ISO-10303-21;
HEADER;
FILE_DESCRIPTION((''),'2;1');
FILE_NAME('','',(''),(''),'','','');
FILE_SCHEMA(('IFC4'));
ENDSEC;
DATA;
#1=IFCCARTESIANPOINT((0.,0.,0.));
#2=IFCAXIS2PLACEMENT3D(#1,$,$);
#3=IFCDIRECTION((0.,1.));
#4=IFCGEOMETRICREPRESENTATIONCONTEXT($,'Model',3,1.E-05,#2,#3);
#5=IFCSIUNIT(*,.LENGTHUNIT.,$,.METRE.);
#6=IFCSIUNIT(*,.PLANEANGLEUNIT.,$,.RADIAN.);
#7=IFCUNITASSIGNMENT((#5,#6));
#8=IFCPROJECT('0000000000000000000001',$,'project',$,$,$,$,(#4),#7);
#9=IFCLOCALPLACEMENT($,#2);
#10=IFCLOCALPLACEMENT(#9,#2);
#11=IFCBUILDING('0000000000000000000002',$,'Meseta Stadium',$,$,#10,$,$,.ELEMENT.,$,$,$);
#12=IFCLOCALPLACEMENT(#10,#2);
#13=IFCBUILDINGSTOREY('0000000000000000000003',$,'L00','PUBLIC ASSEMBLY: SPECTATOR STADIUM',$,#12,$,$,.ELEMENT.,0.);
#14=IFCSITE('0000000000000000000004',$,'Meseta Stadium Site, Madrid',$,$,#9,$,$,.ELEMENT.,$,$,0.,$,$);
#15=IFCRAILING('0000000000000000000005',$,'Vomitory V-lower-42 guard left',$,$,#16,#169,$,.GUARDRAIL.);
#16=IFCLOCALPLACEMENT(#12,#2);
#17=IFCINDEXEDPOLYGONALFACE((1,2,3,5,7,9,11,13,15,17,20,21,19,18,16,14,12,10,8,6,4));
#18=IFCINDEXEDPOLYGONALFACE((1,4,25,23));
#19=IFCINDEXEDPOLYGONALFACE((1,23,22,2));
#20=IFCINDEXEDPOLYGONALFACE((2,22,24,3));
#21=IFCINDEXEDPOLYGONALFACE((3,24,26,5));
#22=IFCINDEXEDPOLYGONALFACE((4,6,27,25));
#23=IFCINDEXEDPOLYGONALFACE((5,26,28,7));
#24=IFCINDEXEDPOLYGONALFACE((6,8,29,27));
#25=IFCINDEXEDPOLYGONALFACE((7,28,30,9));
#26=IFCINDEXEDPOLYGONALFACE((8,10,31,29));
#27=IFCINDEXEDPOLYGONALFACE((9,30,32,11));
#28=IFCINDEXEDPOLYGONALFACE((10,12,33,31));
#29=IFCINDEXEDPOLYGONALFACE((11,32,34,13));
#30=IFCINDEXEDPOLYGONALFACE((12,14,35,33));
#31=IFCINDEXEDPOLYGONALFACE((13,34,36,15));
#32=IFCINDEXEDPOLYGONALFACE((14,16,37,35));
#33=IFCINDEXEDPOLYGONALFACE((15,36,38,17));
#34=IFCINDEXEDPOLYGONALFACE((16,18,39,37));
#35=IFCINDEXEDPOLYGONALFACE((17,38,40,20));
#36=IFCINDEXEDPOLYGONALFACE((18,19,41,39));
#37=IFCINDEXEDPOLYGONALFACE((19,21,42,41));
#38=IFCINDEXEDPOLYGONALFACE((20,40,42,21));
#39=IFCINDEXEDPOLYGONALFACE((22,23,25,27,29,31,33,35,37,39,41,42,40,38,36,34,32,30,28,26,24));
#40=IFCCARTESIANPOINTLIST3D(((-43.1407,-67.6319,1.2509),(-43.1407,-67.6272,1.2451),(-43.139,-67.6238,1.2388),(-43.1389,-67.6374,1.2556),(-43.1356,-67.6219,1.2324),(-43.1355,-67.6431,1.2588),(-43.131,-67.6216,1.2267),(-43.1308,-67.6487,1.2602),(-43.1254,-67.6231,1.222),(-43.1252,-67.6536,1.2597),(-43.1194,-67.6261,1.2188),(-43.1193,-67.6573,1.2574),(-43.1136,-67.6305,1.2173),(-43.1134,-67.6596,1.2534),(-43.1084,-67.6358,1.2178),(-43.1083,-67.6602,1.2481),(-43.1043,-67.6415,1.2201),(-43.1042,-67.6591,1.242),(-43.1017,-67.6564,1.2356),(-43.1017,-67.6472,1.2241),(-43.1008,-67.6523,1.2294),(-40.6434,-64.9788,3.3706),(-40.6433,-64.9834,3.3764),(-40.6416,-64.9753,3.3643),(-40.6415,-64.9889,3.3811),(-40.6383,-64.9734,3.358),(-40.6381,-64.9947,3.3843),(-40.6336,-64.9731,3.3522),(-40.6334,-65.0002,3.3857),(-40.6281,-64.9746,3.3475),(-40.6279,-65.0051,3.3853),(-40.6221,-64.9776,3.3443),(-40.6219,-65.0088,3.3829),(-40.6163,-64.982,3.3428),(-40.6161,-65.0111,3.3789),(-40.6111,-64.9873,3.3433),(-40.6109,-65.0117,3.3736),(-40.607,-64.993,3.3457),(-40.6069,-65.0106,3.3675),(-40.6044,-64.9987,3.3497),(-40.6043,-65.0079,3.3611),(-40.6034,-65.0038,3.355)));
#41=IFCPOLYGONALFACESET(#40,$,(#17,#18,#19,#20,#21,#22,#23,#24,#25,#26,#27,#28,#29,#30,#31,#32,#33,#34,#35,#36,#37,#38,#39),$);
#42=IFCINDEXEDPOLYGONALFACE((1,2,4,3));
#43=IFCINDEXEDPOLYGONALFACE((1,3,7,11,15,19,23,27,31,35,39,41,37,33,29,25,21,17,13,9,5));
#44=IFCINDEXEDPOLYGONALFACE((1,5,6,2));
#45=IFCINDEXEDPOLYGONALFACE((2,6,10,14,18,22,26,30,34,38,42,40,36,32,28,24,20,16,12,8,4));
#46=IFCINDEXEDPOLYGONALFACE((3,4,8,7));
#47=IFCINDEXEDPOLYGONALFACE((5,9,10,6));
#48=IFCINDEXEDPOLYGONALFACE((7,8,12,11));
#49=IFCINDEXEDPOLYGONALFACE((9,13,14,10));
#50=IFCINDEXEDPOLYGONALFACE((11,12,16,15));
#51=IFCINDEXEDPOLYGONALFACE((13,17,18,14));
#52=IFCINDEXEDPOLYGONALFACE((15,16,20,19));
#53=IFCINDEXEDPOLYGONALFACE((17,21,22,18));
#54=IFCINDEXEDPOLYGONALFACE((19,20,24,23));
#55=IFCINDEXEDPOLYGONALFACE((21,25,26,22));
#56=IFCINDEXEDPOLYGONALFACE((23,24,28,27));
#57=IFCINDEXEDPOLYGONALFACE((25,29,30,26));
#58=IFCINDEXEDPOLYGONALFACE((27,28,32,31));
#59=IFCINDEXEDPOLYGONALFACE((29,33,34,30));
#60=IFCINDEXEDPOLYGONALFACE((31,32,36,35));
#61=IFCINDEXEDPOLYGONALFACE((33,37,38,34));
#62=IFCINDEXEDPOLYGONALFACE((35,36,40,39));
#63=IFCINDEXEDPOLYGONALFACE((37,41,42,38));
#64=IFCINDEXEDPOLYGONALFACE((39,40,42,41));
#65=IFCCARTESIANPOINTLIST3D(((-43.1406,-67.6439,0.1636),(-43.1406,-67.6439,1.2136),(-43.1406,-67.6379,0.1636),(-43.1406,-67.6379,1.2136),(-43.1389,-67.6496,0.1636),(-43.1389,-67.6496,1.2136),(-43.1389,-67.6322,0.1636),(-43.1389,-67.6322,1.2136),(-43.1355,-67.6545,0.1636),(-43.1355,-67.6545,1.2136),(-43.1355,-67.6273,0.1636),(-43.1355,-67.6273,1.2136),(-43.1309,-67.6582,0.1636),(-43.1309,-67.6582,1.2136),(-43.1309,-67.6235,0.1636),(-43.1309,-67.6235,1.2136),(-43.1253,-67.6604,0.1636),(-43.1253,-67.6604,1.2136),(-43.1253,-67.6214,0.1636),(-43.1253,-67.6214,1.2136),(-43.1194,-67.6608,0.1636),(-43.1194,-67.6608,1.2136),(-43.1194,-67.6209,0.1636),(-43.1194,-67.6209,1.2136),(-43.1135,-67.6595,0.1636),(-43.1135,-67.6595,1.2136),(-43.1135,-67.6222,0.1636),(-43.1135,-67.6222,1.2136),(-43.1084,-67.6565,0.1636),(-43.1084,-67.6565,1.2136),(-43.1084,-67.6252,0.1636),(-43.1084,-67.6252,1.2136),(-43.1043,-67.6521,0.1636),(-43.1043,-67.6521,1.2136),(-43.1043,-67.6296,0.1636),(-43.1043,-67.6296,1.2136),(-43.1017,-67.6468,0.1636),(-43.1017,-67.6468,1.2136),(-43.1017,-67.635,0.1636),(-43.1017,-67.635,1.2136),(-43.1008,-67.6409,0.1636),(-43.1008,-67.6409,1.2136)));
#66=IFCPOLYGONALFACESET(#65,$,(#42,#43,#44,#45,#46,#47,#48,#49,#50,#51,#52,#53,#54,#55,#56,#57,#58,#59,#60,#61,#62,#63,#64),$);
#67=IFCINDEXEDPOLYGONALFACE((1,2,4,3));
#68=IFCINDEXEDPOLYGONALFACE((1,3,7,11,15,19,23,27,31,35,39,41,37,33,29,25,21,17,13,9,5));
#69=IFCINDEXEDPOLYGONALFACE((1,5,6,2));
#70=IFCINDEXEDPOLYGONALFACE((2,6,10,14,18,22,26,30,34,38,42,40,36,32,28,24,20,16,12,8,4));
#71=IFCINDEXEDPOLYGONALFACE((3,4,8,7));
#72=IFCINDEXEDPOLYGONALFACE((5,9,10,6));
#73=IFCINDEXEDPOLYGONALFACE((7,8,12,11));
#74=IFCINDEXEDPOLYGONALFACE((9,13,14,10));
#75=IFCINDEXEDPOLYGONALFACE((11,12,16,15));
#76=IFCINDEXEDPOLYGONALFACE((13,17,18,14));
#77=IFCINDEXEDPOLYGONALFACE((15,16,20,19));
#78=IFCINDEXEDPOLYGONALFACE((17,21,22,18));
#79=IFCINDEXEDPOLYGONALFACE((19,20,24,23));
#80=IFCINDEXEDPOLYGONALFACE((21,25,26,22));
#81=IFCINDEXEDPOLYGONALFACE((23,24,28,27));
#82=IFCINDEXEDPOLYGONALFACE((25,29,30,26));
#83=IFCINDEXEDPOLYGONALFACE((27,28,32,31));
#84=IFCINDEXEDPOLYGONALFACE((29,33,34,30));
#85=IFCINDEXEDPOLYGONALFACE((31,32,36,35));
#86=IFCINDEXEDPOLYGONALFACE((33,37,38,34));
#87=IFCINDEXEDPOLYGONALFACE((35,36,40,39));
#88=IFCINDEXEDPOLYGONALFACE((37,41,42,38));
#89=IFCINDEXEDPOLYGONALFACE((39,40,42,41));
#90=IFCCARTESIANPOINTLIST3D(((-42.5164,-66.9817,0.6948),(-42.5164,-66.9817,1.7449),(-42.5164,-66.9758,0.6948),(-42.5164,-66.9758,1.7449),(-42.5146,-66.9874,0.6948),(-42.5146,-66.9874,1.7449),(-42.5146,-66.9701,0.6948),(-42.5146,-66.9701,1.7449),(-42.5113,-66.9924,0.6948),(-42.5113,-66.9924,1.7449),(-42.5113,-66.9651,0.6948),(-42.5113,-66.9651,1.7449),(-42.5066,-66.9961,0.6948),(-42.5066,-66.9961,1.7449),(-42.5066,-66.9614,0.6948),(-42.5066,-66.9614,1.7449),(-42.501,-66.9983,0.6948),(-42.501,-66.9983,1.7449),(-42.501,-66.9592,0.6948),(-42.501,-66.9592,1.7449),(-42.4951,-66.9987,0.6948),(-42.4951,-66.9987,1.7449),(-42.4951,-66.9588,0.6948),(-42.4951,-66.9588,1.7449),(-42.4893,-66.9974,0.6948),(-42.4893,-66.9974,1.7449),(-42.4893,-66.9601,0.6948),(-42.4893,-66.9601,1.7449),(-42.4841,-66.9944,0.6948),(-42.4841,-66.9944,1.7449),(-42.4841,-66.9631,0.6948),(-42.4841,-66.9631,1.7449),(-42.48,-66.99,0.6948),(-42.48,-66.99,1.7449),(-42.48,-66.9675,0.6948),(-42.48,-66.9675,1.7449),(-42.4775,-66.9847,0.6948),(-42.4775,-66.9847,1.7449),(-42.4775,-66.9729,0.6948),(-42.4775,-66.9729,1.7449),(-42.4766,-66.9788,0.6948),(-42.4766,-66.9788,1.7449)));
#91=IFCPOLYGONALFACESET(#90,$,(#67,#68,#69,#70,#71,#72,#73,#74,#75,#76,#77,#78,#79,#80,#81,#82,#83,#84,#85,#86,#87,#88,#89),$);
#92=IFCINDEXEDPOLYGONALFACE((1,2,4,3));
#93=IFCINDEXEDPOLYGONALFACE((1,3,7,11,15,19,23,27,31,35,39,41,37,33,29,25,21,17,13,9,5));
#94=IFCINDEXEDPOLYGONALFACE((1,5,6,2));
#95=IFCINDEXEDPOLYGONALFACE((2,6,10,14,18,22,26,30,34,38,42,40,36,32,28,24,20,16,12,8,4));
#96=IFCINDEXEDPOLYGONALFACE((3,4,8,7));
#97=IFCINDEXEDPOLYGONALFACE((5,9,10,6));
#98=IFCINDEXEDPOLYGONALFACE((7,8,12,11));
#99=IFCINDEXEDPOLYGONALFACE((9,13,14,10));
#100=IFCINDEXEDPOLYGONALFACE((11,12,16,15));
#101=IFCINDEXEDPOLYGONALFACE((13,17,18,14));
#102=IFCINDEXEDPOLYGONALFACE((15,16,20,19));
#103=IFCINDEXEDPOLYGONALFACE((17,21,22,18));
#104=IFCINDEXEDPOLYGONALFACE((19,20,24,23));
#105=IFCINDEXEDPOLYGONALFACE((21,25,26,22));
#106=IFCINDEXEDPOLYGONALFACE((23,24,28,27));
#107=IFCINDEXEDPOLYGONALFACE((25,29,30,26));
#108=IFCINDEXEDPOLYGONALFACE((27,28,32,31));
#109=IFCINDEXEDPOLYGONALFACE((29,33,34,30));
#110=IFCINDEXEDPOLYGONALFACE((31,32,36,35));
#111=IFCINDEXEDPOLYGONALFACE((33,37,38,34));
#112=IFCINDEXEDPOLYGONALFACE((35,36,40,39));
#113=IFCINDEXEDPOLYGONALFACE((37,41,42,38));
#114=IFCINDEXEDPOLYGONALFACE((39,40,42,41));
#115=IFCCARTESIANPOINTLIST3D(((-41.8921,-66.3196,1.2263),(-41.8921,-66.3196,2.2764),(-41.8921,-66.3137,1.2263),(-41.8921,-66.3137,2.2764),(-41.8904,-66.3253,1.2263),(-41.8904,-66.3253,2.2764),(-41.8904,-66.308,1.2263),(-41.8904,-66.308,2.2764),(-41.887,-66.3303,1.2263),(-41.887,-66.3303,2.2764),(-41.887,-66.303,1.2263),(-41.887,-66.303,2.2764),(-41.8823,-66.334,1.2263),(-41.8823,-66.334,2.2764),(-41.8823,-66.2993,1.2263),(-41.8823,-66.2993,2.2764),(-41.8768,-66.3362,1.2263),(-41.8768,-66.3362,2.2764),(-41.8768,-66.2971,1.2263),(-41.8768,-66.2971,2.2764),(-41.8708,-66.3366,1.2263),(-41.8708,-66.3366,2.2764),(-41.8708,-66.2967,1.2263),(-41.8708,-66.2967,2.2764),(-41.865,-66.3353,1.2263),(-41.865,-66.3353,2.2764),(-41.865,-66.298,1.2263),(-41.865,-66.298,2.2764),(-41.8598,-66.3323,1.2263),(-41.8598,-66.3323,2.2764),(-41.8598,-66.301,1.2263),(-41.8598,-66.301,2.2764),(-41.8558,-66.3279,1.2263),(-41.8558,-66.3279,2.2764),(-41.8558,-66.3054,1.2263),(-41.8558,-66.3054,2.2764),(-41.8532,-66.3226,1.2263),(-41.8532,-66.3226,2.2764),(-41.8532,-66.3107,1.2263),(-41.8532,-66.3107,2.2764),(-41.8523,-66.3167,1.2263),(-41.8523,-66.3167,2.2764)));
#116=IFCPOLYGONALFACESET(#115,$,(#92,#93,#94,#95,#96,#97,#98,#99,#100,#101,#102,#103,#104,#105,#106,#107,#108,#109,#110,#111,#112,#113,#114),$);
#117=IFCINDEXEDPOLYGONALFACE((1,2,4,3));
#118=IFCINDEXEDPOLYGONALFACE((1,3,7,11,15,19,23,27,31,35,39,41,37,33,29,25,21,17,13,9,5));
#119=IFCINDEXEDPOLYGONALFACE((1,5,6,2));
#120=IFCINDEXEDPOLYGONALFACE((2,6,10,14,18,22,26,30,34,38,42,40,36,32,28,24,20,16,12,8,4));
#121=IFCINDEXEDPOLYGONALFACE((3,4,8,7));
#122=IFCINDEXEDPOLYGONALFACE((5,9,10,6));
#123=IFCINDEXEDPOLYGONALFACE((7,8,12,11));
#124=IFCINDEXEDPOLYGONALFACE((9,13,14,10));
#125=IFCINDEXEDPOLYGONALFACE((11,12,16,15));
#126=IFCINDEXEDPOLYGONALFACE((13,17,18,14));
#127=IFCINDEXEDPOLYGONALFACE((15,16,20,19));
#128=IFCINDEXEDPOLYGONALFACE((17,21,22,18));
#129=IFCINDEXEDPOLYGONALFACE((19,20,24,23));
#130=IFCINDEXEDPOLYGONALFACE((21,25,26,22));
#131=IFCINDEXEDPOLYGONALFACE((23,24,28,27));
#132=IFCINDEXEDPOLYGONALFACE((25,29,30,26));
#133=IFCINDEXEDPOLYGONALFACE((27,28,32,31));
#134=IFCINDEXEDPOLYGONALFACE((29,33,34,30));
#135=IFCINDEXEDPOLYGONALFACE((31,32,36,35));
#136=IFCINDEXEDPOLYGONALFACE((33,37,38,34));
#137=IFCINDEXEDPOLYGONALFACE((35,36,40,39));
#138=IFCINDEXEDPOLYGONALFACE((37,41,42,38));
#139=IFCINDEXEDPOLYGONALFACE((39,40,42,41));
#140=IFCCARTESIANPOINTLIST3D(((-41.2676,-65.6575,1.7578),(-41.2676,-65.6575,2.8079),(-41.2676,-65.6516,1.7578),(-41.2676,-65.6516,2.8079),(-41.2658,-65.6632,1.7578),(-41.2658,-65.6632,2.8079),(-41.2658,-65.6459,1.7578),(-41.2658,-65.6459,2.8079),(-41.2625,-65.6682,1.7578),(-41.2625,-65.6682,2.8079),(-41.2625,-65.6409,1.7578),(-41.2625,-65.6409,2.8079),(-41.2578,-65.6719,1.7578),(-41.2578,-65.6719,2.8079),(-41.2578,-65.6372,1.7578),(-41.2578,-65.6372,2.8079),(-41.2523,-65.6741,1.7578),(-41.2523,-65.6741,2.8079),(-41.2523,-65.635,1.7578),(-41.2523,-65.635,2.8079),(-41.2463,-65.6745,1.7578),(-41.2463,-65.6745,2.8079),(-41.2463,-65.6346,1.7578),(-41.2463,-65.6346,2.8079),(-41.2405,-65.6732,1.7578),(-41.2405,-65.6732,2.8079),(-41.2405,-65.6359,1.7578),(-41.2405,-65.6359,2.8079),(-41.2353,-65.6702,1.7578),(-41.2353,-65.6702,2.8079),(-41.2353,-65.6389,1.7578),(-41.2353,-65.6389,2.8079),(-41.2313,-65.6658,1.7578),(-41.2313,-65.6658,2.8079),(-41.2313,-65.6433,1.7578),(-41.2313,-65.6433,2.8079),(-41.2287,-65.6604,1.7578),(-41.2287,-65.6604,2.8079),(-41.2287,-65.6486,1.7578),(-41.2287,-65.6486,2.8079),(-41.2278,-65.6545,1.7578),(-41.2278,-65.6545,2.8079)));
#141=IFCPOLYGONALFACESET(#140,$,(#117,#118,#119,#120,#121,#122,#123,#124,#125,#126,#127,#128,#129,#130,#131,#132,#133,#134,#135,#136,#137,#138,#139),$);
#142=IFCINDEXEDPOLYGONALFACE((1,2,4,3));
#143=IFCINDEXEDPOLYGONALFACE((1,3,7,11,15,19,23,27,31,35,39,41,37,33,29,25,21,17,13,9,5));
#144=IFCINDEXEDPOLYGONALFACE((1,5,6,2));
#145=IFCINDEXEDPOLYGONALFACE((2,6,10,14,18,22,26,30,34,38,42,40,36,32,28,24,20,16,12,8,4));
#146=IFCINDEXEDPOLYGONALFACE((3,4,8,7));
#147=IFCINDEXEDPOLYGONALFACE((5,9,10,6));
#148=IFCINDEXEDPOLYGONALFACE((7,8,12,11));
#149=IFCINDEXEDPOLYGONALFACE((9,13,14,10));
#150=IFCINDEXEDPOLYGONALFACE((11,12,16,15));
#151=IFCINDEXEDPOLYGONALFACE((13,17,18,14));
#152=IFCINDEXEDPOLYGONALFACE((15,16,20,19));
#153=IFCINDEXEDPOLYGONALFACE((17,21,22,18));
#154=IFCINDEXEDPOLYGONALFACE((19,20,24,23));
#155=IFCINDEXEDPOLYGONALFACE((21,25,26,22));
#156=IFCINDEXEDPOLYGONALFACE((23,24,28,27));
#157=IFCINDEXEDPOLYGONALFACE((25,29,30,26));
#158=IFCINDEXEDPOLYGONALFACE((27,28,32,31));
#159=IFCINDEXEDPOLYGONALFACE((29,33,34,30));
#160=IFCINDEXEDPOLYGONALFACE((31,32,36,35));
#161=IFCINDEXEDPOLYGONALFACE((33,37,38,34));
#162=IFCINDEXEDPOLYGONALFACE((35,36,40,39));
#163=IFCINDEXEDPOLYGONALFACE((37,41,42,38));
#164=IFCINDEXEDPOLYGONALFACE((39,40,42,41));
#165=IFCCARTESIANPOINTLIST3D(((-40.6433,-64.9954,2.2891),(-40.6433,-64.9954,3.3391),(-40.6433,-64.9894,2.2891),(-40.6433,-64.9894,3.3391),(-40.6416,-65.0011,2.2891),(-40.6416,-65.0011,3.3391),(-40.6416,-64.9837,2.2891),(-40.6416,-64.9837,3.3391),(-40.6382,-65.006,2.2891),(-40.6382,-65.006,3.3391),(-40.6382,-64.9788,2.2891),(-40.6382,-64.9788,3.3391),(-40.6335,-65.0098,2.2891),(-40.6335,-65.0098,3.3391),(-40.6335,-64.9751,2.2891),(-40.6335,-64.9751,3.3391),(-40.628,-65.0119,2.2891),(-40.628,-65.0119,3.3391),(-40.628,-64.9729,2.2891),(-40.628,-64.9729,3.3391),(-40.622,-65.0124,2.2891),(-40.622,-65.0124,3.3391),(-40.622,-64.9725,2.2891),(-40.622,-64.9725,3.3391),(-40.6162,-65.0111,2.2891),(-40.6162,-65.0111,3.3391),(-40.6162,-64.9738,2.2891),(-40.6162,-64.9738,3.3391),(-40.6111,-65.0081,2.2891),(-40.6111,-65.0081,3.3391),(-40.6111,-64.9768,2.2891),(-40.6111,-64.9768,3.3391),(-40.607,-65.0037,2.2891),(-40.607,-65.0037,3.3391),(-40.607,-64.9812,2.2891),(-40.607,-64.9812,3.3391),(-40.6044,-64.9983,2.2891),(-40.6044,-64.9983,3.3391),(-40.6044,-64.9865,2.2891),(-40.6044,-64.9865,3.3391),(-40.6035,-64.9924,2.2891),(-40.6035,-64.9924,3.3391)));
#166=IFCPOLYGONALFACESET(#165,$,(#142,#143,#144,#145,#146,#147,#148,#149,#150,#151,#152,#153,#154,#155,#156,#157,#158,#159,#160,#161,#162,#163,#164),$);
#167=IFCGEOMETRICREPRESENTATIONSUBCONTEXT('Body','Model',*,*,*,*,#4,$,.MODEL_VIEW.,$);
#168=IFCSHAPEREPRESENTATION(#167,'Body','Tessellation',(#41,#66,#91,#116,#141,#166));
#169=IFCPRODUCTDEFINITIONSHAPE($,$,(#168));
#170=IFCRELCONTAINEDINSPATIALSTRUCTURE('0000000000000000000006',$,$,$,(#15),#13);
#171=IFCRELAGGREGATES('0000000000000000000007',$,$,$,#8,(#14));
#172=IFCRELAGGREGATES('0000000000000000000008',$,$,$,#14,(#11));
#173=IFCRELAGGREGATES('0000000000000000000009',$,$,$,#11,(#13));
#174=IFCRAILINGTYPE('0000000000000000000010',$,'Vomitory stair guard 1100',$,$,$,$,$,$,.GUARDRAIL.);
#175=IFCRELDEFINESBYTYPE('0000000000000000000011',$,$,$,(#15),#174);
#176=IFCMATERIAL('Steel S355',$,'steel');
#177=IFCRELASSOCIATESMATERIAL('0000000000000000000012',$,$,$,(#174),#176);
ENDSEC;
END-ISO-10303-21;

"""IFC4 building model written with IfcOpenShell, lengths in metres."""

from ifc_helpers import new_model, si_unit, direction, frame, origin, origin_2d, place, context, subcontext, project, spatial, circle, extrude, material, type_object, element, save


model = new_model("IFC4")

# Units and contexts
model_context = context("Model", 3, precision=1e-05, world=origin(), true_north=direction((0.0, 1.0)))
body_context = subcontext(model_context, "Body", "Model", "MODEL_VIEW")
ifc_project = project(units=[si_unit("LENGTHUNIT", "METRE"), si_unit("PLANEANGLEUNIT", "RADIAN")], contexts=[model_context])

# Site, building, storey
site_placement = place(None, origin())
site = spatial("IfcSite", under=ifc_project, at=site_placement, Name="Meseta Stadium Site, Madrid", CompositionType="ELEMENT", RefElevation=0.0)
building_placement = place(site_placement, origin())
building = spatial("IfcBuilding", under=site, at=building_placement, Name="Meseta Stadium", CompositionType="ELEMENT")
storey_placement = place(building_placement, origin())
storey = spatial("IfcBuildingStorey", under=building, at=storey_placement, Name="L00", Description="PUBLIC ASSEMBLY: SPECTATOR STADIUM", CompositionType="ELEMENT", Elevation=0.0)

# Railing
ifc_material_1 = material(Name="Steel S355", Category="steel")
railing_type_1 = type_object("IfcRailingType", Name="Vomitory stair guard 1100", PredefinedType="GUARDRAIL", material=ifc_material_1)
railing_1_placement = place(storey_placement, frame((-43.1208, -67.6409, 0.1636)))
element("IfcRailing", 1, at=railing_1_placement, inside=storey, type_object=railing_type_1, Name="Vomitory V-lower-42 guard left", PredefinedType="GUARDRAIL", context=body_context, shape_type="SweptSolid", body=[
    extrude(circle(Radius=0.0249, at=origin_2d()), frame((0.0, 0.0, 1.0752), z_axis=(0.592445, 0.628296, 0.504235), x_axis=(-0.72756, 0.686044, 0.0)), (0.0, 0.0, 1.0), 4.2153),
    extrude(circle(Radius=0.02, at=origin_2d()), origin(), (0.0, 0.0, 1.0), 1.05),
    extrude(circle(Radius=0.02, at=origin_2d()), frame((0.6243, 0.6621, 0.5312)), (0.0, 0.0, 1.0), 1.05),
    extrude(circle(Radius=0.02, at=origin_2d()), frame((1.2485, 1.3242, 1.0627)), (0.0, 0.0, 1.0), 1.05),
    extrude(circle(Radius=0.02, at=origin_2d()), frame((1.873, 1.9863, 1.5942)), (0.0, 0.0, 1.0), 1.05),
    extrude(circle(Radius=0.02, at=origin_2d()), frame((2.4973, 2.6484, 2.1255)), (0.0, 0.0, 1.0), 1.05),
])

save(model, "model.ifc")
